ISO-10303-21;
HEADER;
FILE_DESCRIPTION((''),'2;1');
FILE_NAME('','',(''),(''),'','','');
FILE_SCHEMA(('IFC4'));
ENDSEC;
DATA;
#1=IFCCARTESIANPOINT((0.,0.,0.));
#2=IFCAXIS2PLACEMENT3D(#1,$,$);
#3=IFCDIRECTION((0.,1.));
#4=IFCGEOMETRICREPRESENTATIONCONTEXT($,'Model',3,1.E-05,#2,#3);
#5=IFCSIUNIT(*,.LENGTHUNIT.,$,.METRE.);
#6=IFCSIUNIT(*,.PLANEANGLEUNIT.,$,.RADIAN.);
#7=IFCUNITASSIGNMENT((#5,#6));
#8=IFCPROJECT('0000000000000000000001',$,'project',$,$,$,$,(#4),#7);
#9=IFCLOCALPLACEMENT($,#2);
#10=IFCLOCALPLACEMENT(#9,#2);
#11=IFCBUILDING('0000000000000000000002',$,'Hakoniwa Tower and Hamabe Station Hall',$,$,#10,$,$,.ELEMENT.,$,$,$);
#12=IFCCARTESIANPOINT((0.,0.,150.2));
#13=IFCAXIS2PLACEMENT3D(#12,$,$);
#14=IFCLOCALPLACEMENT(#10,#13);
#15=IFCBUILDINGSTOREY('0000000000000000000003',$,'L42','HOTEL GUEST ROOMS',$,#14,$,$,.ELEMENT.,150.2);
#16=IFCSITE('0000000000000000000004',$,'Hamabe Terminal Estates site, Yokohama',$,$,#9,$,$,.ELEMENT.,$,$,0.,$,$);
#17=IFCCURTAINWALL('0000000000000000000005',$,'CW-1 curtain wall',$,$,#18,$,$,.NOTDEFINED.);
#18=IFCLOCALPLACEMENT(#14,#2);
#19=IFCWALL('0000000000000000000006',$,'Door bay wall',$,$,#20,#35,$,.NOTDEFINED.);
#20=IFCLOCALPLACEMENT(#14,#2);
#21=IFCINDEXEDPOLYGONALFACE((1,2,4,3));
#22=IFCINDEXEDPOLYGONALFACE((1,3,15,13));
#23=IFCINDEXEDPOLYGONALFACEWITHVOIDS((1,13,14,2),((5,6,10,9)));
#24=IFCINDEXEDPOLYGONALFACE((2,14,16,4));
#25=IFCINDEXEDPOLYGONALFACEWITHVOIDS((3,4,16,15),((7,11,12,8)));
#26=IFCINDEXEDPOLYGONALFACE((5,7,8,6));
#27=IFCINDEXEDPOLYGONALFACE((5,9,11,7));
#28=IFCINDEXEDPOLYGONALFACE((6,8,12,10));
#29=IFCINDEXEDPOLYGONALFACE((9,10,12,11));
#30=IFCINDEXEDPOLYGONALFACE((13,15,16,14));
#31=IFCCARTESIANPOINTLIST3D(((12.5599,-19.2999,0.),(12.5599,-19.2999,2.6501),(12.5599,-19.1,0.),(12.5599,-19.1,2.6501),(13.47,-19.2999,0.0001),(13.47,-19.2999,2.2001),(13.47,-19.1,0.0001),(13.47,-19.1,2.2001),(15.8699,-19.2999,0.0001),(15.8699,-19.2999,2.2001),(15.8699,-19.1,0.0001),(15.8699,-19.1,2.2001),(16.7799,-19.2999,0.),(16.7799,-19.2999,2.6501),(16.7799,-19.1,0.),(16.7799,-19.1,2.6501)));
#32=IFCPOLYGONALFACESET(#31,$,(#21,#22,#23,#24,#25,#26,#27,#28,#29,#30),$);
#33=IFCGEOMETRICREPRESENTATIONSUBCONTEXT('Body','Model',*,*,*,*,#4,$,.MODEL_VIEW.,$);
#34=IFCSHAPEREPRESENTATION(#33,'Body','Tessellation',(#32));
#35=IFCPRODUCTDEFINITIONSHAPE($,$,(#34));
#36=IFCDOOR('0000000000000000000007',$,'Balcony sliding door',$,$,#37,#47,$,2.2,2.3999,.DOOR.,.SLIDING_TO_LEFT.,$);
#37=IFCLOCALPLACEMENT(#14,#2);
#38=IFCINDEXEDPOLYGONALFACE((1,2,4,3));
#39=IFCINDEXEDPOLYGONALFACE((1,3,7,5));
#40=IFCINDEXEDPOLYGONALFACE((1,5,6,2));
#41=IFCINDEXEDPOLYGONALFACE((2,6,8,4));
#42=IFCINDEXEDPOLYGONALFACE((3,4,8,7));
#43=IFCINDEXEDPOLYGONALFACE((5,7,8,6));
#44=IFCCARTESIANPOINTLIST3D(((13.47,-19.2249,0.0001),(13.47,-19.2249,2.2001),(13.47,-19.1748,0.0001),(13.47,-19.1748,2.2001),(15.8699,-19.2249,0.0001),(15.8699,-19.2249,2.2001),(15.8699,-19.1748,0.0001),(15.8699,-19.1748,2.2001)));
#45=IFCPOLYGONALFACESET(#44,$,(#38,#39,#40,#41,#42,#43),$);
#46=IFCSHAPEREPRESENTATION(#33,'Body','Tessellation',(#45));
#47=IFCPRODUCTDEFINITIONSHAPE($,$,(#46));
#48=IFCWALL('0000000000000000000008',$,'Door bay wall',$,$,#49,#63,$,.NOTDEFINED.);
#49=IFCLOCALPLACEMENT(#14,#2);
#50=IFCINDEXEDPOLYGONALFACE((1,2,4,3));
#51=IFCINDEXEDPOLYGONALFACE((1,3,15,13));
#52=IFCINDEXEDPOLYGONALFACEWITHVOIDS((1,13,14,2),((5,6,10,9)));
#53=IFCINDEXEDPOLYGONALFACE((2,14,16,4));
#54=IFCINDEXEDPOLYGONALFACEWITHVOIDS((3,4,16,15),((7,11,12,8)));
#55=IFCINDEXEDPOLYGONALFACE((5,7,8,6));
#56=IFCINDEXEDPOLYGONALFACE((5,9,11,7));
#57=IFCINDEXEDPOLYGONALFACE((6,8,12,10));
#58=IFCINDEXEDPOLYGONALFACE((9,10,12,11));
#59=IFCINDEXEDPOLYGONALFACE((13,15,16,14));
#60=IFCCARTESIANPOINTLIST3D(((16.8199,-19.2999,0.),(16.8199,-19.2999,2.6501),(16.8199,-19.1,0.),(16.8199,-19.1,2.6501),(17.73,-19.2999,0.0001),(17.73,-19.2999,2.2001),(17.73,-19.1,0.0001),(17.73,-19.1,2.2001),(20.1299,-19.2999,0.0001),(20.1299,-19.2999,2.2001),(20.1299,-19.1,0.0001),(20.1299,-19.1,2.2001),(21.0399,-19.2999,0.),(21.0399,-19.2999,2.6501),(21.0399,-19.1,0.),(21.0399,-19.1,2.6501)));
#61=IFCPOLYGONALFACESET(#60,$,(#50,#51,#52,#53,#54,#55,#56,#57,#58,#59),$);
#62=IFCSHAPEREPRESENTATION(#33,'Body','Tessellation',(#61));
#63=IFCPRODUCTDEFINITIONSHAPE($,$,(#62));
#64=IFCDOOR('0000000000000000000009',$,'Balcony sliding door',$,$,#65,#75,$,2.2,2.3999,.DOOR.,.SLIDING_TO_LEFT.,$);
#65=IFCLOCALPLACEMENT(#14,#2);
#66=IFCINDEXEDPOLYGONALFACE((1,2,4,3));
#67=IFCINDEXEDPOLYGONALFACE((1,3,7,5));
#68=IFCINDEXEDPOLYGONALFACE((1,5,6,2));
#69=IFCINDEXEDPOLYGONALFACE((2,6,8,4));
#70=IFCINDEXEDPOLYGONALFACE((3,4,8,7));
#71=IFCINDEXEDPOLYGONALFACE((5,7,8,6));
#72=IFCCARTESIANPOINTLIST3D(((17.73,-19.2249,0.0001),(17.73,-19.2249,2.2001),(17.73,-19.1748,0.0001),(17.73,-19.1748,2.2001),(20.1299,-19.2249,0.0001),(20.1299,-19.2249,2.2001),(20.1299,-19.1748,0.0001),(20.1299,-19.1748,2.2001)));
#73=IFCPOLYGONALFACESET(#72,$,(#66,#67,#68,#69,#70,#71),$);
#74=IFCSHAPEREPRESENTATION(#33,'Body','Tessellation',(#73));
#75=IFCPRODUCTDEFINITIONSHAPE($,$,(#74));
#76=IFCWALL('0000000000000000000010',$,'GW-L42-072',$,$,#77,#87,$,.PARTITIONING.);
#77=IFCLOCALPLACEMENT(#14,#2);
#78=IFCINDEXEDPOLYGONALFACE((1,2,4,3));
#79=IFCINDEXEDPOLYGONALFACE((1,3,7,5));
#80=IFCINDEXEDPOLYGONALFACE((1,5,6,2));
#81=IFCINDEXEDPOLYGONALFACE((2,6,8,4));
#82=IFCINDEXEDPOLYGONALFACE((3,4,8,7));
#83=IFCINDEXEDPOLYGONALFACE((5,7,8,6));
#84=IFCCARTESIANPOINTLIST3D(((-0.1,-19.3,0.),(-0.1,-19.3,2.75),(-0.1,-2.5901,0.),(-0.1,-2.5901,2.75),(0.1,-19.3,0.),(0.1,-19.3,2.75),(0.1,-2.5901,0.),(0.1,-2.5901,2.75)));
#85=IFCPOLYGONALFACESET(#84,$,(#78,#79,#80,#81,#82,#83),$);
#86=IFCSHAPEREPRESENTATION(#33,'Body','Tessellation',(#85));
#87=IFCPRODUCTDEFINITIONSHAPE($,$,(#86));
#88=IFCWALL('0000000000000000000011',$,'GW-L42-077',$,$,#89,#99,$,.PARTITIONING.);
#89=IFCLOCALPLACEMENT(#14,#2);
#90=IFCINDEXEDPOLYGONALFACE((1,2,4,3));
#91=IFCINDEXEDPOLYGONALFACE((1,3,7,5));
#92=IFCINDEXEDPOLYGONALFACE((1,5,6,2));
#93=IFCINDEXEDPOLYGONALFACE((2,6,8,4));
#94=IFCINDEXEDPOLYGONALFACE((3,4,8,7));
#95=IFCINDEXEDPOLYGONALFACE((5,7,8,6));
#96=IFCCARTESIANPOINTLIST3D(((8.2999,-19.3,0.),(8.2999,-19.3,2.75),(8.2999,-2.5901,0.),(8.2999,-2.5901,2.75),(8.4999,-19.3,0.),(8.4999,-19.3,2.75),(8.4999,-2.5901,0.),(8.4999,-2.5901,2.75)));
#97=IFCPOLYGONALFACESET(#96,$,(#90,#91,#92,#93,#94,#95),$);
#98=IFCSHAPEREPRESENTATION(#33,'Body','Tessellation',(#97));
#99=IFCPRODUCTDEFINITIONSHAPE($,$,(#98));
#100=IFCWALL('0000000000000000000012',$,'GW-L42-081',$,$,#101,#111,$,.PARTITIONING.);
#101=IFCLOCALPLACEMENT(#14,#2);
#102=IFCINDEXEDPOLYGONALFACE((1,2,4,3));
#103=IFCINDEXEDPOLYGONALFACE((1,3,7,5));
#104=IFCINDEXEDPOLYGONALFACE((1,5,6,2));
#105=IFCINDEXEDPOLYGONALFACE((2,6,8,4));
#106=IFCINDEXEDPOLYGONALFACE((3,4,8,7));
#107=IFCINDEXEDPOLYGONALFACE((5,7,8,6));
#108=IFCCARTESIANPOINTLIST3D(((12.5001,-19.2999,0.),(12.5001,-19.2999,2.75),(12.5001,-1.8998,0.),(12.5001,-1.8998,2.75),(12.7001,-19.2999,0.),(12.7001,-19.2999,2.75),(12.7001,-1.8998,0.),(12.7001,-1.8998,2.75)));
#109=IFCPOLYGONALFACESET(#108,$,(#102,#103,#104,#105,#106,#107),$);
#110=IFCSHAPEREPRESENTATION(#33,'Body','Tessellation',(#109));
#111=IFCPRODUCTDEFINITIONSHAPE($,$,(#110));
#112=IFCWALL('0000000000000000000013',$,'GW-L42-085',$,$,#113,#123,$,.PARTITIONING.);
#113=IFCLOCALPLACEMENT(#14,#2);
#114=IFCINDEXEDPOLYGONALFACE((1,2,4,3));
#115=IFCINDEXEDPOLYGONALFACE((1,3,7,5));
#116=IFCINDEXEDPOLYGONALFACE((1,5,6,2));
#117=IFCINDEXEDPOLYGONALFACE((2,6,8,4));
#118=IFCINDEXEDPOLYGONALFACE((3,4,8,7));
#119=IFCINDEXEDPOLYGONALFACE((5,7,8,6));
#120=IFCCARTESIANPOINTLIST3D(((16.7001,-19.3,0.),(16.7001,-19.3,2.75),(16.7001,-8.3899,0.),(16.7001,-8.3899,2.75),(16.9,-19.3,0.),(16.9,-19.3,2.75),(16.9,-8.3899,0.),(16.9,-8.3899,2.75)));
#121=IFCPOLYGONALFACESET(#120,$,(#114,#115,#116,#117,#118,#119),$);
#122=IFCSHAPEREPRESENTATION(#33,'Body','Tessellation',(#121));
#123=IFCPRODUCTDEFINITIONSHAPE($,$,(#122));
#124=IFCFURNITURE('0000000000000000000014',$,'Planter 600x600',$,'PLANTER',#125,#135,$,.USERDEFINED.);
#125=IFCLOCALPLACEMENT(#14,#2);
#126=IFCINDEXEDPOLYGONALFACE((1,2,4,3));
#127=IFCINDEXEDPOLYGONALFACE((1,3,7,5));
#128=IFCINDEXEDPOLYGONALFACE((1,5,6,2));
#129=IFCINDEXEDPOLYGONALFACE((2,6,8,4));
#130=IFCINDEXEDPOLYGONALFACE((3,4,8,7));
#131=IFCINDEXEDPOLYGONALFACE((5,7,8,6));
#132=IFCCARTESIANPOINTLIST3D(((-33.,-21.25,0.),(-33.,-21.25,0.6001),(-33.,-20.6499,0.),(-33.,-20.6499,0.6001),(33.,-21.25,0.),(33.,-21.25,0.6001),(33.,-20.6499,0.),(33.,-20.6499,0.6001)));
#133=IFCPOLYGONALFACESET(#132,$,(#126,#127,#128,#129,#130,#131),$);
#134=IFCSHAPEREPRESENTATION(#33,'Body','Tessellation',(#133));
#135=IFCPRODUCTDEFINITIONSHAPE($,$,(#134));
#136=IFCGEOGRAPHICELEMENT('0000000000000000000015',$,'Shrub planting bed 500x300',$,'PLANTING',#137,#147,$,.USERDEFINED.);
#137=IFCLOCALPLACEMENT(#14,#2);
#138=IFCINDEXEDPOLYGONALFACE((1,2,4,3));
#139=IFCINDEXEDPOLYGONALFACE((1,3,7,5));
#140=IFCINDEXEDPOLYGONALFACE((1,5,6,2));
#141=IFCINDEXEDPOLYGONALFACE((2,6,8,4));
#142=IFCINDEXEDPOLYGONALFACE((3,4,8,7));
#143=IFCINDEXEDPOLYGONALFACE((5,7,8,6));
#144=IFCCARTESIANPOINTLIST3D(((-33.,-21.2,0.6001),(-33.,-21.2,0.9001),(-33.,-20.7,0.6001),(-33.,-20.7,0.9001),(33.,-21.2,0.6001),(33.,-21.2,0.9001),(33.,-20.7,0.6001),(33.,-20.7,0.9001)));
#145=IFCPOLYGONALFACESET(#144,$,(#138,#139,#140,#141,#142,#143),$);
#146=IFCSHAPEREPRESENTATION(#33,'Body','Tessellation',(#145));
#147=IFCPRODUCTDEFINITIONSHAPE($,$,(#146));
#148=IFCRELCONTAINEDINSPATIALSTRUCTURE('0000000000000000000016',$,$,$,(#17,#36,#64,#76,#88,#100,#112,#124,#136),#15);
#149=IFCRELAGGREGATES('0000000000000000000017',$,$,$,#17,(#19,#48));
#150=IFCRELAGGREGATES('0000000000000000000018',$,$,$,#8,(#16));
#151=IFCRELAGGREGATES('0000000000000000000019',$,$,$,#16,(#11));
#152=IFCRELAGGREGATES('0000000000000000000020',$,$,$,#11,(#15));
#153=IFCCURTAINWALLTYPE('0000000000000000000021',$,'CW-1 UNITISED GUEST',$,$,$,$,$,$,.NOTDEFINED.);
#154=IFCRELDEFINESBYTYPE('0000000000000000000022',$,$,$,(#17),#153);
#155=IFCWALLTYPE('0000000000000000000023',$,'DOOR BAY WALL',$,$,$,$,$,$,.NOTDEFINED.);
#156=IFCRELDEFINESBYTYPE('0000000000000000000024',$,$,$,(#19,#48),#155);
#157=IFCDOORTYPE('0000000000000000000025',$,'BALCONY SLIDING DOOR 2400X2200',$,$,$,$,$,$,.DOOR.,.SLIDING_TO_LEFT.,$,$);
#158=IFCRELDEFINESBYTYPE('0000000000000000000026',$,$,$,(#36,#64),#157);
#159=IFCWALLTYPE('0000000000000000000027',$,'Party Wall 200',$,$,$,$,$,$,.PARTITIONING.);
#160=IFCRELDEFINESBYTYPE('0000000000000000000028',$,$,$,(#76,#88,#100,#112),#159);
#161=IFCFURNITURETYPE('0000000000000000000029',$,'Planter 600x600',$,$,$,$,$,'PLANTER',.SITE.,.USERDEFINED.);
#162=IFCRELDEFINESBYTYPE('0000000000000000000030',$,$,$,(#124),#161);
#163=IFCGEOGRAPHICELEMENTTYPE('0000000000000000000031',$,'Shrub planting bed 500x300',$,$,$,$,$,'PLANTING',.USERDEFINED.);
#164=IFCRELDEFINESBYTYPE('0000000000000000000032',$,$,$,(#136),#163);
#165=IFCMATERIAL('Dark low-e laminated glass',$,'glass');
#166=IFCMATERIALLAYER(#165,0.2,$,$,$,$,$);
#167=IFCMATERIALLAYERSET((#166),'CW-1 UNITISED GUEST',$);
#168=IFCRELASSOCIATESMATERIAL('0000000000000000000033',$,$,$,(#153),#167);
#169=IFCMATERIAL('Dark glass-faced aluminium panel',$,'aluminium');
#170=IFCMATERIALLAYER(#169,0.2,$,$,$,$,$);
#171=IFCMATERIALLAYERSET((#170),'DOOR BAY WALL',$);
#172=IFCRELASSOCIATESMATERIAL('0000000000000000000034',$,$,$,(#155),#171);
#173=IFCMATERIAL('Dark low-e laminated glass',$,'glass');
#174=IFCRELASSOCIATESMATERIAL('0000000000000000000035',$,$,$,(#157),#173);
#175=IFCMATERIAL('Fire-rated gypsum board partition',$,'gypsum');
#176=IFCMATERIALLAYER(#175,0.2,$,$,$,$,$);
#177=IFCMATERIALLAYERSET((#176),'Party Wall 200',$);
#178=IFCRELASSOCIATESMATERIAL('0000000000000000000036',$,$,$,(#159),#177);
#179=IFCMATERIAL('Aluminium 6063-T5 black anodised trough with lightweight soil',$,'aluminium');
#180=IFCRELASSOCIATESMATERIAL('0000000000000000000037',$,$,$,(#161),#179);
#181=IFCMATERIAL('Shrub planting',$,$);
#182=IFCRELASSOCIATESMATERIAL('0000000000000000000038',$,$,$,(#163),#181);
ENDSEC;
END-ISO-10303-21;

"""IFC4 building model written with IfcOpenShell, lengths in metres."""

from ifc_helpers import new_model, si_unit, direction, frame, frame_2d, origin, origin_2d, place, context, subcontext, project, spatial, rectangle, extrude, material, layer, layer_set, type_object, element, fill, aggregate, save


model = new_model("IFC4")

# Units and contexts
model_context = context("Model", 3, precision=1e-05, world=origin(), true_north=direction((0.0, 1.0)))
body_context = subcontext(model_context, "Body", "Model", "MODEL_VIEW")
ifc_project = project(units=[si_unit("LENGTHUNIT", "METRE"), si_unit("PLANEANGLEUNIT", "RADIAN")], contexts=[model_context])

# Site, building, storey
site_placement = place(None, origin())
site = spatial("IfcSite", under=ifc_project, at=site_placement, Name="Hamabe Terminal Estates site, Yokohama", CompositionType="ELEMENT", RefElevation=0.0)
building_placement = place(site_placement, origin())
building = spatial("IfcBuilding", under=site, at=building_placement, Name="Hakoniwa Tower and Hamabe Station Hall", CompositionType="ELEMENT")
storey_placement = place(building_placement, frame((0.0, 0.0, 150.2)))
storey = spatial("IfcBuildingStorey", under=building, at=storey_placement, Name="L42", Description="HOTEL GUEST ROOMS", CompositionType="ELEMENT", Elevation=150.2)

# Curtain wall
ifc_material_1 = material(Name="Dark low-e laminated glass", Category="glass")
ifc_layer_1 = layer(ifc_material_1, 0.2)
ifc_layer_set_1 = layer_set([ifc_layer_1], Name="CW-1 UNITISED GUEST")
curtain_wall_type = type_object("IfcCurtainWallType", Name="CW-1 UNITISED GUEST", PredefinedType="NOTDEFINED", material=ifc_layer_set_1)
curtain_wall_placement = place(storey_placement, origin())
curtain_wall = element("IfcCurtainWall", 1, at=curtain_wall_placement, inside=storey, type_object=curtain_wall_type, Name="CW-1 curtain wall", PredefinedType="NOTDEFINED")

# Walls, openings, doors
ifc_material_2 = material(Name="Dark glass-faced aluminium panel", Category="aluminium")
ifc_layer_2 = layer(ifc_material_2, 0.2)
ifc_layer_set_2 = layer_set([ifc_layer_2], Name="DOOR BAY WALL")
wall_type_1 = type_object("IfcWallType", Name="DOOR BAY WALL", PredefinedType="NOTDEFINED", material=ifc_layer_set_2)
ifc_material_3 = material(Name="Dark low-e laminated glass", Category="glass")
door_type_1 = type_object("IfcDoorType", Name="BALCONY SLIDING DOOR 2400X2200", OperationType="SLIDING_TO_LEFT", PredefinedType="DOOR", material=ifc_material_3)
wall_1_placement = place(storey_placement, frame((12.5601, -19.2, 0.0), z_axis=(0.0, 0.0, 1.0), x_axis=(1.0, 0.0, 0.0)))
wall_1 = element("IfcWall", 2, at=wall_1_placement, type_object=wall_type_1, Name="Door bay wall", PredefinedType="NOTDEFINED", context=body_context, shape_type="SweptSolid", body=[
    extrude(rectangle(XDim=4.22, YDim=0.2, at=frame_2d((2.1099, 0.0))), origin(), (0.0, 0.0, 1.0), 2.6501),
])
opening_1_placement = place(wall_1_placement, frame((0.9099, 0.0, 0.0)))
opening_1 = element("IfcOpeningElement", 3, at=opening_1_placement, cuts=wall_1, PredefinedType="OPENING", context=body_context, shape_type="SweptSolid", body=[
    extrude(rectangle(XDim=2.3999, YDim=2.2, at=frame_2d((1.2, 1.1001))), frame((0.0, 0.1099, 0.0), z_axis=(0.0, -1.0, 0.0), x_axis=(1.0, 0.0, 0.0)), (0.0, 0.0, 1.0), 0.22),
])
door_1_placement = place(opening_1_placement, frame((2.3999, 0.0, 0.0), z_axis=(0.0, 0.0, 1.0), x_axis=(-1.0, 0.0, 0.0)))
door_1 = element("IfcDoor", 4, at=door_1_placement, inside=storey, type_object=door_type_1, Name="Balcony sliding door", OperationType="SLIDING_TO_LEFT", OverallHeight=2.2, OverallWidth=2.3999, PredefinedType="DOOR", context=body_context, shape_type="SweptSolid", body=[
    extrude(rectangle(XDim=2.3999, YDim=2.2, at=frame_2d((1.2, 1.1001))), frame((0.0, 0.0249, 0.0), z_axis=(0.0, -1.0, 0.0), x_axis=(1.0, 0.0, 0.0)), (0.0, 0.0, 1.0), 0.05),
])
fill(opening_1, door_1)
wall_2_placement = place(storey_placement, frame((16.8201, -19.2, 0.0), z_axis=(0.0, 0.0, 1.0), x_axis=(1.0, 0.0, 0.0)))
wall_2 = element("IfcWall", 5, at=wall_2_placement, type_object=wall_type_1, Name="Door bay wall", PredefinedType="NOTDEFINED", context=body_context, shape_type="SweptSolid", body=[
    extrude(rectangle(XDim=4.22, YDim=0.2, at=frame_2d((2.1099, 0.0))), origin(), (0.0, 0.0, 1.0), 2.6501),
])
opening_2_placement = place(wall_2_placement, frame((0.9099, 0.0, 0.0)))
opening_2 = element("IfcOpeningElement", 6, at=opening_2_placement, cuts=wall_2, PredefinedType="OPENING", context=body_context, shape_type="SweptSolid", body=[
    extrude(rectangle(XDim=2.3999, YDim=2.2, at=frame_2d((1.2, 1.1001))), frame((0.0, 0.1099, 0.0), z_axis=(0.0, -1.0, 0.0), x_axis=(1.0, 0.0, 0.0)), (0.0, 0.0, 1.0), 0.22),
])
door_2_placement = place(opening_2_placement, frame((2.3999, 0.0, 0.0), z_axis=(0.0, 0.0, 1.0), x_axis=(-1.0, 0.0, 0.0)))
door_2 = element("IfcDoor", 7, at=door_2_placement, inside=storey, type_object=door_type_1, Name="Balcony sliding door", OperationType="SLIDING_TO_LEFT", OverallHeight=2.2, OverallWidth=2.3999, PredefinedType="DOOR", context=body_context, shape_type="SweptSolid", body=[
    extrude(rectangle(XDim=2.3999, YDim=2.2, at=frame_2d((1.2, 1.1001))), frame((0.0, 0.0249, 0.0), z_axis=(0.0, -1.0, 0.0), x_axis=(1.0, 0.0, 0.0)), (0.0, 0.0, 1.0), 0.05),
])
fill(opening_2, door_2)
aggregate(curtain_wall, [wall_1, wall_2])

# Walls
ifc_material_4 = material(Name="Fire-rated gypsum board partition", Category="gypsum")
ifc_layer_3 = layer(ifc_material_4, 0.2)
ifc_layer_set_3 = layer_set([ifc_layer_3], Name="Party Wall 200")
wall_type_2 = type_object("IfcWallType", Name="Party Wall 200", PredefinedType="PARTITIONING", material=ifc_layer_set_3)
for number, where, z_axis, x_axis, name in (
    (8, (0.0, -19.3, 0.0), (0.0, 0.0, 1.0), (0.0, 1.0, 0.0), "GW-L42-072"),
    (9, (8.3999, -19.3, 0.0), (0.0, 0.0, 1.0), (0.0, 1.0, 0.0), "GW-L42-077"),
):
    element("IfcWall", number, at=place(storey_placement, frame(where, z_axis=z_axis, x_axis=x_axis)), inside=storey, type_object=wall_type_2, Name=name, PredefinedType="PARTITIONING", context=body_context, shape_type="SweptSolid", body=[
        extrude(rectangle(XDim=16.71, YDim=0.2, at=frame_2d((8.355, 0.0))), origin(), (0.0, 0.0, 1.0), 2.75),
    ])
wall_3_placement = place(storey_placement, frame((12.6001, -19.3, 0.0), z_axis=(0.0, 0.0, 1.0), x_axis=(0.0, 1.0, 0.0)))
element("IfcWall", 10, at=wall_3_placement, inside=storey, type_object=wall_type_2, Name="GW-L42-081", PredefinedType="PARTITIONING", context=body_context, shape_type="SweptSolid", body=[
    extrude(rectangle(XDim=17.4001, YDim=0.2, at=frame_2d((8.7002, 0.0))), origin(), (0.0, 0.0, 1.0), 2.75),
])
wall_4_placement = place(storey_placement, frame((16.8, -19.3, 0.0), z_axis=(0.0, 0.0, 1.0), x_axis=(0.0, 1.0, 0.0)))
element("IfcWall", 11, at=wall_4_placement, inside=storey, type_object=wall_type_2, Name="GW-L42-085", PredefinedType="PARTITIONING", context=body_context, shape_type="SweptSolid", body=[
    extrude(rectangle(XDim=10.9102, YDim=0.2, at=frame_2d((5.4551, 0.0))), origin(), (0.0, 0.0, 1.0), 2.75),
])

# Furniture
ifc_material_5 = material(Name="Aluminium 6063-T5 black anodised trough with lightweight soil", Category="aluminium")
furniture_type = type_object("IfcFurnitureType", Name="Planter 600x600", ElementType="PLANTER", AssemblyPlace="SITE", PredefinedType="USERDEFINED", material=ifc_material_5)
furniture_placement = place(storey_placement, frame((0.0, -20.95, 0.0), z_axis=(0.0, 0.0, 1.0), x_axis=(1.0, 0.0, 0.0)))
element("IfcFurniture", 12, at=furniture_placement, inside=storey, type_object=furniture_type, Name="Planter 600x600", ObjectType="PLANTER", PredefinedType="USERDEFINED", context=body_context, shape_type="SweptSolid", body=[
    extrude(rectangle(XDim=66.0, YDim=0.6001, at=origin_2d()), origin(), (0.0, 0.0, 1.0), 0.6001),
])

# Geographic element
ifc_material_6 = material(Name="Shrub planting")
geographic_element_type = type_object("IfcGeographicElementType", Name="Shrub planting bed 500x300", ElementType="PLANTING", PredefinedType="USERDEFINED", material=ifc_material_6)
geographic_element_placement = place(storey_placement, frame((0.0, -20.95, 0.6001), z_axis=(0.0, 0.0, 1.0), x_axis=(1.0, 0.0, 0.0)))
element("IfcGeographicElement", 13, at=geographic_element_placement, inside=storey, type_object=geographic_element_type, Name="Shrub planting bed 500x300", ObjectType="PLANTING", PredefinedType="USERDEFINED", context=body_context, shape_type="SweptSolid", body=[
    extrude(rectangle(XDim=66.0, YDim=0.5, at=origin_2d()), origin(), (0.0, 0.0, 1.0), 0.3),
])

save(model, "model.ifc")
